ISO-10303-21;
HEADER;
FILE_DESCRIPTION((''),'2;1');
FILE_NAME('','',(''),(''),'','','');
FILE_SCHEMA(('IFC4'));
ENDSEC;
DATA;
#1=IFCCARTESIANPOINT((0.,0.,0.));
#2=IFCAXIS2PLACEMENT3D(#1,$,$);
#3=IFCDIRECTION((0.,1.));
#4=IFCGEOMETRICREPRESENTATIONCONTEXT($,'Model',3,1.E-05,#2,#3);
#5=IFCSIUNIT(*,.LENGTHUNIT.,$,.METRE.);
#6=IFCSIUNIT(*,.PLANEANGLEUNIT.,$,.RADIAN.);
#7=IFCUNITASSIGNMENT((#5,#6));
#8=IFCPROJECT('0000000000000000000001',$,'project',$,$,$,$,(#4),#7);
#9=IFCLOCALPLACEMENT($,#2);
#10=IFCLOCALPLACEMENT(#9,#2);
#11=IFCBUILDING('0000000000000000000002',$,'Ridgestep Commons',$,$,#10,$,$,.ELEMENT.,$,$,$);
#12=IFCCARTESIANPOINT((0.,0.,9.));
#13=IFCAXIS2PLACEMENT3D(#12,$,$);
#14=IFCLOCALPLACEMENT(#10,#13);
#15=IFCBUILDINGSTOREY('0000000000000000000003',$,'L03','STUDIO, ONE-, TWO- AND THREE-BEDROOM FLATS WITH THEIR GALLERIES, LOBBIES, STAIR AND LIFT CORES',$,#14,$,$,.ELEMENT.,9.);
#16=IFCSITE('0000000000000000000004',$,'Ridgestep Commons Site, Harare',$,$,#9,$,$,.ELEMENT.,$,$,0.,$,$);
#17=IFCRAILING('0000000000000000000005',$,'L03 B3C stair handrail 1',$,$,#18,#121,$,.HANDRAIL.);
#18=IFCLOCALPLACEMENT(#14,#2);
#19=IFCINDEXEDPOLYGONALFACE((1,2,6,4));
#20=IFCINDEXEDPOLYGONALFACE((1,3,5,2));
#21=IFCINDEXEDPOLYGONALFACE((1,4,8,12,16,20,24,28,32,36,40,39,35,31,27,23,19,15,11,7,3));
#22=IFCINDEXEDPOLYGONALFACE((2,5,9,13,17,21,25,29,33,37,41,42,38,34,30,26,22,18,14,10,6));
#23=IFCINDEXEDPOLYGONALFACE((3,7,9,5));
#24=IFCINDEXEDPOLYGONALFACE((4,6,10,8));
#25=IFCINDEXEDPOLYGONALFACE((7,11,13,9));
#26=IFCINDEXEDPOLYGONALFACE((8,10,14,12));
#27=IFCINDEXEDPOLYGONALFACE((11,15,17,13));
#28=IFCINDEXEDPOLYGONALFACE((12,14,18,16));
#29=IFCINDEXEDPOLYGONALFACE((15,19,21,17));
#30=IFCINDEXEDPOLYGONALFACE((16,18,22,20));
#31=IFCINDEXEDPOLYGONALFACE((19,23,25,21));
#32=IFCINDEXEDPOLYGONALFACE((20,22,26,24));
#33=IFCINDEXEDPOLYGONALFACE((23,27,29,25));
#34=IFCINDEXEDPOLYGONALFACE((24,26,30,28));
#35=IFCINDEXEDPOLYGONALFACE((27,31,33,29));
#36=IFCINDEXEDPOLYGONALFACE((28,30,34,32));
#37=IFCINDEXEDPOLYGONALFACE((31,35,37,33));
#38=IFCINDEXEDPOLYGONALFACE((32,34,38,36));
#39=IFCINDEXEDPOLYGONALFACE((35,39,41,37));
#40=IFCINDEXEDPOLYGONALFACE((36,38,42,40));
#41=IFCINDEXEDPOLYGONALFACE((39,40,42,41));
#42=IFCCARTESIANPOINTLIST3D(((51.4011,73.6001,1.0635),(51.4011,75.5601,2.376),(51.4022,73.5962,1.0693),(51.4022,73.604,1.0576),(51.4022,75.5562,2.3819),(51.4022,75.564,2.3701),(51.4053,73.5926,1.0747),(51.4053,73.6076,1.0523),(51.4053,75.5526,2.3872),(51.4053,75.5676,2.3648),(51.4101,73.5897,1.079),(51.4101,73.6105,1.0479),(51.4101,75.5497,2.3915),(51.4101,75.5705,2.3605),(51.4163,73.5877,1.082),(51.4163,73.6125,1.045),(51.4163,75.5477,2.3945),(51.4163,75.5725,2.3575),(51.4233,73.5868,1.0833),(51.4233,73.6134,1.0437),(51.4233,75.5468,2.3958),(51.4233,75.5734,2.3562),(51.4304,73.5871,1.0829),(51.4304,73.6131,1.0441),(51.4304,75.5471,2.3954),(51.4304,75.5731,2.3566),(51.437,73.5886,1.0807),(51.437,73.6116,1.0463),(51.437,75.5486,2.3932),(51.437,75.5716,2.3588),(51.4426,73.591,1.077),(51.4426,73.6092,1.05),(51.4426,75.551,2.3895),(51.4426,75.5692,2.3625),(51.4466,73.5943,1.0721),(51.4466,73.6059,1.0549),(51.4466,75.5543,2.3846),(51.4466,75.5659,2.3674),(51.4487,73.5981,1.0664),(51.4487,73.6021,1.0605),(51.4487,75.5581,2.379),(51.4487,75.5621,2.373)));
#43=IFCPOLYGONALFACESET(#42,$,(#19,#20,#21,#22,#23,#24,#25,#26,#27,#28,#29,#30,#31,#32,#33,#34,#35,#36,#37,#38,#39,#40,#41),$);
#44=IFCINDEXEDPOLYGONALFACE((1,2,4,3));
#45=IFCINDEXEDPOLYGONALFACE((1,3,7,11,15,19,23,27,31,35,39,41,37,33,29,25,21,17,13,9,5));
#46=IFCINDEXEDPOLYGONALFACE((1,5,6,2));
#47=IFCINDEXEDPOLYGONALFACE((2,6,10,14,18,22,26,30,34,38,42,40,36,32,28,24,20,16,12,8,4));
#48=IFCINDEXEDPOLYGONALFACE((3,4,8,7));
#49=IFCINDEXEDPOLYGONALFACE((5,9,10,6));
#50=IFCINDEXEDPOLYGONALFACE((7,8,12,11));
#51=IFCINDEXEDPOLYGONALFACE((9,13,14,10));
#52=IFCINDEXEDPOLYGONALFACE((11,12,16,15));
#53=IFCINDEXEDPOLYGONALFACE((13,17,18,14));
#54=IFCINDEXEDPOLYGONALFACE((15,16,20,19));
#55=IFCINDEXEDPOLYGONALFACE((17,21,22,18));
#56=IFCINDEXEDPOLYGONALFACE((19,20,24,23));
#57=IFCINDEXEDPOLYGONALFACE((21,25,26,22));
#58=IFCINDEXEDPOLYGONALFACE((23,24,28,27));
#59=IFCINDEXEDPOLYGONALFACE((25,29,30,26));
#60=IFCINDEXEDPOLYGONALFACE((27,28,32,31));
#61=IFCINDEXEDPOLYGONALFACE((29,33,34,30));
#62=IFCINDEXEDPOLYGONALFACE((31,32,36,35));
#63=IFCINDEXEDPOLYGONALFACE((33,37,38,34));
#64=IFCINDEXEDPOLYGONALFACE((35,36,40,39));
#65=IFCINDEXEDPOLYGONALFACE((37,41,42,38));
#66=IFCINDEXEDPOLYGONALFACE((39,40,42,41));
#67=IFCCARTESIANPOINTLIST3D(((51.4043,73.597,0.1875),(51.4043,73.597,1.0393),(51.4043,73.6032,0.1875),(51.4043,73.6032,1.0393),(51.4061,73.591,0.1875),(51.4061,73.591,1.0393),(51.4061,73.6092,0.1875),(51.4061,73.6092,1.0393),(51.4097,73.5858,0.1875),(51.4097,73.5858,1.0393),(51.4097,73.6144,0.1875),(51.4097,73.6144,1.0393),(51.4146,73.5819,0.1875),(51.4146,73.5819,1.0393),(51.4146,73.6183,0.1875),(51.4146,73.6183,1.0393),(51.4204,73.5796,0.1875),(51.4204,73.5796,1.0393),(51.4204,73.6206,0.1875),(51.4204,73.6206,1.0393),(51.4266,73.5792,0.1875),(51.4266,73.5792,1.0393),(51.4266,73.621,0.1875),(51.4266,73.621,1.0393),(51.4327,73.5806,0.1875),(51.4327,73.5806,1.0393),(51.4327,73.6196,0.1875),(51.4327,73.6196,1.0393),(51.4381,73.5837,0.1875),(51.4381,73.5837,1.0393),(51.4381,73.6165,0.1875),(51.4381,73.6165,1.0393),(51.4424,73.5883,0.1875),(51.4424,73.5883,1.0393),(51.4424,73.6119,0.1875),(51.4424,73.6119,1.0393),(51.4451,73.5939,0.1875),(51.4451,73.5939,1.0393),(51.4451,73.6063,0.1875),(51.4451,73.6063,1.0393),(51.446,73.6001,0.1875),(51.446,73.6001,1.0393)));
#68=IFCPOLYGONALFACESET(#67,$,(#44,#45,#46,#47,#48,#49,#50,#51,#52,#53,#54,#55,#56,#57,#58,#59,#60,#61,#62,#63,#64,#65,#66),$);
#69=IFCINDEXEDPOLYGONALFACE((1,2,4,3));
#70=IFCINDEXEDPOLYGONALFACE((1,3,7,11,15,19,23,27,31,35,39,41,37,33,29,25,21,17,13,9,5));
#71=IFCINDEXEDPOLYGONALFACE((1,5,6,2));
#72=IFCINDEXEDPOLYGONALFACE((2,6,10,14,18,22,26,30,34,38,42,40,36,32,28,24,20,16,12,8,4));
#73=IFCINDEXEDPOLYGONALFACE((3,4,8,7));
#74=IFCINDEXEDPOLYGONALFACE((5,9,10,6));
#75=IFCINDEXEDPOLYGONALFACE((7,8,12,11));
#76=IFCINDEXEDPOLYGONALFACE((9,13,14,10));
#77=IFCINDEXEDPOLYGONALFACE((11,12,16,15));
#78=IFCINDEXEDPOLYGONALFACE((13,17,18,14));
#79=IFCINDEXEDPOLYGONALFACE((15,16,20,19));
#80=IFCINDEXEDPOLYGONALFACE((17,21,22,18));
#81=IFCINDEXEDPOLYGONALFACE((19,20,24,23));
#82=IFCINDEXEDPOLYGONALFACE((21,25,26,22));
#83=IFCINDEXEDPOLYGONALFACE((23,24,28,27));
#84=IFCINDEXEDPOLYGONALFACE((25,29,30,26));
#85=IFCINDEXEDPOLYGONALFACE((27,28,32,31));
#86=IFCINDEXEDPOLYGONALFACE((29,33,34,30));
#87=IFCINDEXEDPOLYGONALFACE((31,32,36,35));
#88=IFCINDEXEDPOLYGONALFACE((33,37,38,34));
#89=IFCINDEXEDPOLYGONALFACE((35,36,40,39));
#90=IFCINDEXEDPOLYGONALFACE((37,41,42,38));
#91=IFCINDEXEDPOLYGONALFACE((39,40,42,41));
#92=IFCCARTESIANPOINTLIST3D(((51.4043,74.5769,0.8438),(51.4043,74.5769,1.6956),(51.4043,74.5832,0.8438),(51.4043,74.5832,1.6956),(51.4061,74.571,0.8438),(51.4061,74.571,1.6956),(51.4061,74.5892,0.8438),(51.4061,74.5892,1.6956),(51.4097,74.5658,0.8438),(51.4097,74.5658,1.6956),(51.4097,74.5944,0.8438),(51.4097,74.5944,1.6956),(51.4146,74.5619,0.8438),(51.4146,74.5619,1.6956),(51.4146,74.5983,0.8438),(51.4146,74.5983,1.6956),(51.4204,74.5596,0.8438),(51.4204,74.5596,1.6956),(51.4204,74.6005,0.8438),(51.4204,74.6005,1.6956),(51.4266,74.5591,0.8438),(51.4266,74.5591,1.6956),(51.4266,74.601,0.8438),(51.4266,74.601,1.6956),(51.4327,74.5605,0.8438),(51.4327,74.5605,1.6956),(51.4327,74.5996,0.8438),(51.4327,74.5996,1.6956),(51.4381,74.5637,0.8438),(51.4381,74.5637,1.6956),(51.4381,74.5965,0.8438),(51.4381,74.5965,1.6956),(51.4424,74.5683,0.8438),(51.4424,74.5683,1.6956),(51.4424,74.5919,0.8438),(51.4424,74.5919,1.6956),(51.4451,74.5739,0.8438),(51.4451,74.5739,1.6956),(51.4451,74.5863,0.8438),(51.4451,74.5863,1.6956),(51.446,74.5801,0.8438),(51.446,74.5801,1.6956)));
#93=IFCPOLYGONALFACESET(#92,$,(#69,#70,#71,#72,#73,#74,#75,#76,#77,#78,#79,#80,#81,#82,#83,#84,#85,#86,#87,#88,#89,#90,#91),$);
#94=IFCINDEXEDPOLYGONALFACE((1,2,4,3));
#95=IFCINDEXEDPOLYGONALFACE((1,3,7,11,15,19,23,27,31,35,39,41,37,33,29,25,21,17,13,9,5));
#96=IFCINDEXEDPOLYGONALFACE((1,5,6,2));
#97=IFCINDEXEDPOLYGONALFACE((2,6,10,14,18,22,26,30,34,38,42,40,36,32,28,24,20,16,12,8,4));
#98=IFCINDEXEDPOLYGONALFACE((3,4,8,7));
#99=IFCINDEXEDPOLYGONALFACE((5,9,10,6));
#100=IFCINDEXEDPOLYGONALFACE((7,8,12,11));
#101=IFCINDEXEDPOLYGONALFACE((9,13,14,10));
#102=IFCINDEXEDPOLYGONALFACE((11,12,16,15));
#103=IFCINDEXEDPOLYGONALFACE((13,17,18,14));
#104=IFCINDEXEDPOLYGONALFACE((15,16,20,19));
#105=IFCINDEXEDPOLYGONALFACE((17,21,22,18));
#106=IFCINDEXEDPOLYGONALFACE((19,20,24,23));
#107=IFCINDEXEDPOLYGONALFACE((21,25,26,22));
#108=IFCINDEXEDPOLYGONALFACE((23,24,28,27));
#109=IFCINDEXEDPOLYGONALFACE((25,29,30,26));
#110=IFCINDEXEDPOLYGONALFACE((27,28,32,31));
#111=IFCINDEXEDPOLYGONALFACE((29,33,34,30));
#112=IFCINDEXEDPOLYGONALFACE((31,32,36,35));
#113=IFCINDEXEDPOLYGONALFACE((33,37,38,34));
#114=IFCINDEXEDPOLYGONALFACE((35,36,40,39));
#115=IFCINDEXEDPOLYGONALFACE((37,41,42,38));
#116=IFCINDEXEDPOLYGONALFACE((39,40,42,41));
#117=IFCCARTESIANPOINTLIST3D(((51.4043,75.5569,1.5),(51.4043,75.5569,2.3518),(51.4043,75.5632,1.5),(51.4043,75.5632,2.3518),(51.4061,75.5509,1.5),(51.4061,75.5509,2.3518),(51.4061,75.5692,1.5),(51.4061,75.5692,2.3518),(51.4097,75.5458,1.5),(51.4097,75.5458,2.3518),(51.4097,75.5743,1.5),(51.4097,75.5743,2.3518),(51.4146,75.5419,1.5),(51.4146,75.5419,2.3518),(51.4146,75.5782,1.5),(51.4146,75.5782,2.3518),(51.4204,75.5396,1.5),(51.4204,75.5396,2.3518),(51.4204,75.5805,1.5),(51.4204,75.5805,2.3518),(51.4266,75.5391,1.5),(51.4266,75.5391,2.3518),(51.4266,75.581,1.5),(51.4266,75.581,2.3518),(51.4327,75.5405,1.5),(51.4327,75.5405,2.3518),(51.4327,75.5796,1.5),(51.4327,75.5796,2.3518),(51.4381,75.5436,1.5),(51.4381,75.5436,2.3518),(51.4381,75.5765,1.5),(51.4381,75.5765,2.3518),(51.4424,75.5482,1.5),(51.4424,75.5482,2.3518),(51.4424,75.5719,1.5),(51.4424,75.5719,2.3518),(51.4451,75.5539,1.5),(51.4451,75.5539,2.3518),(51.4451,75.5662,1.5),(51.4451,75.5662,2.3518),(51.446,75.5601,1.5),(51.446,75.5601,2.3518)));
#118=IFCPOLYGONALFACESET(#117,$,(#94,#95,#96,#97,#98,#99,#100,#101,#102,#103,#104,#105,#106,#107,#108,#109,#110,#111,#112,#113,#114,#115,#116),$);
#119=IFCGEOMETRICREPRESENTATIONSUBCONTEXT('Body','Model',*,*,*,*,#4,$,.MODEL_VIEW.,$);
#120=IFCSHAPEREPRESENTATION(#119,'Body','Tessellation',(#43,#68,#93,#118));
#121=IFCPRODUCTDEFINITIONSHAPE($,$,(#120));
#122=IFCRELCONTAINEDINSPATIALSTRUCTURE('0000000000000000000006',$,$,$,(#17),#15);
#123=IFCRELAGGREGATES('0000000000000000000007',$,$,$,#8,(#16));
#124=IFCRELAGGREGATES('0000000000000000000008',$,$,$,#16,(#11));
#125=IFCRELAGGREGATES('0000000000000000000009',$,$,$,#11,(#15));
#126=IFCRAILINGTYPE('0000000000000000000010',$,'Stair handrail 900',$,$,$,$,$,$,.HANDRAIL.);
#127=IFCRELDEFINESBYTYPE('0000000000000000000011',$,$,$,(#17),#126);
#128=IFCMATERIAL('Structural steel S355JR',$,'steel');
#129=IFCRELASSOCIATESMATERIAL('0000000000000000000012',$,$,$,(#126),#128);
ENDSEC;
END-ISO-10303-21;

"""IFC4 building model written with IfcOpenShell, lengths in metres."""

from ifc_helpers import new_model, si_unit, direction, frame, origin, origin_2d, place, context, subcontext, project, spatial, circle, extrude, material, type_object, element, save


model = new_model("IFC4")

# Units and contexts
model_context = context("Model", 3, precision=1e-05, world=origin(), true_north=direction((0.0, 1.0)))
body_context = subcontext(model_context, "Body", "Model", "MODEL_VIEW")
ifc_project = project(units=[si_unit("LENGTHUNIT", "METRE"), si_unit("PLANEANGLEUNIT", "RADIAN")], contexts=[model_context])

# Site, building, storey
site_placement = place(None, origin())
site = spatial("IfcSite", under=ifc_project, at=site_placement, Name="Ridgestep Commons Site, Harare", CompositionType="ELEMENT", RefElevation=0.0)
building_placement = place(site_placement, origin())
building = spatial("IfcBuilding", under=site, at=building_placement, Name="Ridgestep Commons", CompositionType="ELEMENT")
storey_placement = place(building_placement, frame((0.0, 0.0, 9.0)))
storey = spatial("IfcBuildingStorey", under=building, at=storey_placement, Name="L03", Description="STUDIO, ONE-, TWO- AND THREE-BEDROOM FLATS WITH THEIR GALLERIES, LOBBIES, STAIR AND LIFT CORES", CompositionType="ELEMENT", Elevation=9.0)

# Railing
ifc_material_1 = material(Name="Structural steel S355JR", Category="steel")
railing_type_1 = type_object("IfcRailingType", Name="Stair handrail 900", PredefinedType="HANDRAIL", material=ifc_material_1)
railing_1_placement = place(storey_placement, frame((51.425, 73.6001, 0.1875)))
element("IfcRailing", 1, at=railing_1_placement, inside=storey, type_object=railing_type_1, Name="L03 B3C stair handrail 1", PredefinedType="HANDRAIL", context=body_context, shape_type="SweptSolid", body=[
    extrude(circle(Radius=0.0239, at=origin_2d()), frame((0.0, 0.0, 0.876), z_axis=(0.0, 0.830902, 0.556419), x_axis=(-1.0, 0.0, 0.0)), (0.0, 0.0, 1.0), 2.3589),
    extrude(circle(Radius=0.021, at=origin_2d()), origin(), (0.0, 0.0, 1.0), 0.8518),
    extrude(circle(Radius=0.021, at=origin_2d()), frame((0.0, 0.98, 0.6562)), (0.0, 0.0, 1.0), 0.8518),
    extrude(circle(Radius=0.021, at=origin_2d()), frame((0.0, 1.96, 1.3125)), (0.0, 0.0, 1.0), 0.8518),
])

save(model, "model.ifc")
